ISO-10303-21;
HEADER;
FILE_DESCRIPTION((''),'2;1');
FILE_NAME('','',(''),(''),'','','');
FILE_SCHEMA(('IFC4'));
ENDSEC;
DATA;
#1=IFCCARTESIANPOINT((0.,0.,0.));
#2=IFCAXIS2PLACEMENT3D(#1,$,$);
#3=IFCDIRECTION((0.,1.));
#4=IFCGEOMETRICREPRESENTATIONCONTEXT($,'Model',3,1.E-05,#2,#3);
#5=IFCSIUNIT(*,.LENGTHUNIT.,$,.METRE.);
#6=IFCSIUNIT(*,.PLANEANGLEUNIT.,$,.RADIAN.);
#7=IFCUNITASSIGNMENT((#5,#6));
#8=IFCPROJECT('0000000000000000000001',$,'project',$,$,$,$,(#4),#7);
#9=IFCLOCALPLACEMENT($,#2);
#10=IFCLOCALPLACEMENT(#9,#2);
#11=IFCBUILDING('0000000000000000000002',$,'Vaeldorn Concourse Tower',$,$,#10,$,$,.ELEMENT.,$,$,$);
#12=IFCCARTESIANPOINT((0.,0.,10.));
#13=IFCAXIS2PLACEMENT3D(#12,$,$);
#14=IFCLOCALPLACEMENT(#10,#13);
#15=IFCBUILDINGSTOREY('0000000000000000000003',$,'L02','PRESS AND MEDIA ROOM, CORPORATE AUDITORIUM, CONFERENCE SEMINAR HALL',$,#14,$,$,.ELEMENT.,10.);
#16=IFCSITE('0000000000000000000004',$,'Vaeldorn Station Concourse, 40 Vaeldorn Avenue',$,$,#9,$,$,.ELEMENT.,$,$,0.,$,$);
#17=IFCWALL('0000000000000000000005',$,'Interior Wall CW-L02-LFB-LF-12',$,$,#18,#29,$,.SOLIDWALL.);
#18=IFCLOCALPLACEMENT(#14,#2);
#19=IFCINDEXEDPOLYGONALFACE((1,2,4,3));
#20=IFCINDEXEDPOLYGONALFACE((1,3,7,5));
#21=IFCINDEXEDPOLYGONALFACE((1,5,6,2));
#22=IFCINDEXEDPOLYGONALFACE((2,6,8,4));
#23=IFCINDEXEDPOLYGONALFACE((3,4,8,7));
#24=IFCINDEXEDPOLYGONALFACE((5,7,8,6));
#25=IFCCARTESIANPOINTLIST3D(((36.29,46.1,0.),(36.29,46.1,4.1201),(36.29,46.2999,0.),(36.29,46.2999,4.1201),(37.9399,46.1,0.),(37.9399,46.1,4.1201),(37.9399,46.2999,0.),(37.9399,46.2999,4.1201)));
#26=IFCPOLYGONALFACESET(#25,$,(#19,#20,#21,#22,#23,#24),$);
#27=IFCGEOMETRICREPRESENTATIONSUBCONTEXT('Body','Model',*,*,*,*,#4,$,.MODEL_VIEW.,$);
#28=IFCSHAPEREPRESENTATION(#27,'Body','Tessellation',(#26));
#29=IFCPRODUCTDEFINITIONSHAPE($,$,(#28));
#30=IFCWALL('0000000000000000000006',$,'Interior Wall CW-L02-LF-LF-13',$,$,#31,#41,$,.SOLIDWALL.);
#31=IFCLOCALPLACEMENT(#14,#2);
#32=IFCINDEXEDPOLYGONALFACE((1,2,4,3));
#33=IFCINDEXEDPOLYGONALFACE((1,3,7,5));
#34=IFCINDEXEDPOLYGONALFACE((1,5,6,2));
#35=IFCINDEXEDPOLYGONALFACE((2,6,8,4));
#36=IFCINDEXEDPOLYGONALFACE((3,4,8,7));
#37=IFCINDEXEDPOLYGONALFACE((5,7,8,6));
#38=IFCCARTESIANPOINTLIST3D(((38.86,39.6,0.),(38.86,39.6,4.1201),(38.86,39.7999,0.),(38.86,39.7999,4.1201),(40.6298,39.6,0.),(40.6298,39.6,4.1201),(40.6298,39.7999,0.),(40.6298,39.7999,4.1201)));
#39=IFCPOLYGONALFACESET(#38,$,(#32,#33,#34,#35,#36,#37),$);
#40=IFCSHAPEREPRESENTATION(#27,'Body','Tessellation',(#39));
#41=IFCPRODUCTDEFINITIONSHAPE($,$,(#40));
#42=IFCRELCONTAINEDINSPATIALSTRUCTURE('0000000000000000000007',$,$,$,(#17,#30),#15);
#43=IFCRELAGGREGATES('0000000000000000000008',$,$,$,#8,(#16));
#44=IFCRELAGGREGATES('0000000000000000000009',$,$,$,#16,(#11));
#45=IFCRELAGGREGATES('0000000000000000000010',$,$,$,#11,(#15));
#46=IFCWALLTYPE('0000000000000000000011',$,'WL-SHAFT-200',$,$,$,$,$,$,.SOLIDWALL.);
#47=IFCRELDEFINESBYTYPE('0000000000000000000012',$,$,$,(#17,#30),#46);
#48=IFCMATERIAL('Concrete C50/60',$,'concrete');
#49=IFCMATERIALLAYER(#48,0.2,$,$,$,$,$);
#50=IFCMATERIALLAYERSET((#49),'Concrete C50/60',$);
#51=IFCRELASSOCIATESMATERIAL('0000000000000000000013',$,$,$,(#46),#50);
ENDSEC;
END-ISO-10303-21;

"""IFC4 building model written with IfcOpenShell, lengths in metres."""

from ifc_helpers import new_model, si_unit, direction, frame, frame_2d, origin, place, context, subcontext, project, spatial, rectangle, extrude, material, layer, layer_set, type_object, element, save


model = new_model("IFC4")

# Units and contexts
model_context = context("Model", 3, precision=1e-05, world=origin(), true_north=direction((0.0, 1.0)))
body_context = subcontext(model_context, "Body", "Model", "MODEL_VIEW")
ifc_project = project(units=[si_unit("LENGTHUNIT", "METRE"), si_unit("PLANEANGLEUNIT", "RADIAN")], contexts=[model_context])

# Site, building, storey
site_placement = place(None, origin())
site = spatial("IfcSite", under=ifc_project, at=site_placement, Name="Vaeldorn Station Concourse, 40 Vaeldorn Avenue", CompositionType="ELEMENT", RefElevation=0.0)
building_placement = place(site_placement, origin())
building = spatial("IfcBuilding", under=site, at=building_placement, Name="Vaeldorn Concourse Tower", CompositionType="ELEMENT")
storey_placement = place(building_placement, frame((0.0, 0.0, 10.0)))
storey = spatial("IfcBuildingStorey", under=building, at=storey_placement, Name="L02", Description="PRESS AND MEDIA ROOM, CORPORATE AUDITORIUM, CONFERENCE SEMINAR HALL", CompositionType="ELEMENT", Elevation=10.0)

# Shared definitions
ifc_material_1 = material(Name="Concrete C50/60", Category="concrete")
ifc_layer_1 = layer(ifc_material_1, 0.2)
ifc_layer_set_1 = layer_set([ifc_layer_1], Name="Concrete C50/60")
wall_type_1 = type_object("IfcWallType", Name="WL-SHAFT-200", PredefinedType="SOLIDWALL", material=ifc_layer_set_1)

# Walls
wall_1_placement = place(storey_placement, frame((36.29, 46.2, 0.0), z_axis=(0.0, 0.0, 1.0), x_axis=(1.0, 0.0, 0.0)))
element("IfcWall", 1, at=wall_1_placement, inside=storey, type_object=wall_type_1, Name="Interior Wall CW-L02-LFB-LF-12", PredefinedType="SOLIDWALL", context=body_context, shape_type="SweptSolid", body=[
    extrude(rectangle(XDim=1.6499, YDim=0.2, at=frame_2d((0.825, 0.0))), origin(), (0.0, 0.0, 1.0), 4.1201),
])
wall_2_placement = place(storey_placement, frame((38.8601, 39.7, 0.0), z_axis=(0.0, 0.0, 1.0), x_axis=(1.0, 0.0, 0.0)))
element("IfcWall", 2, at=wall_2_placement, inside=storey, type_object=wall_type_1, Name="Interior Wall CW-L02-LF-LF-13", PredefinedType="SOLIDWALL", context=body_context, shape_type="SweptSolid", body=[
    extrude(rectangle(XDim=1.7698, YDim=0.2, at=frame_2d((0.8848, 0.0))), origin(), (0.0, 0.0, 1.0), 4.1201),
])

save(model, "model.ifc")
